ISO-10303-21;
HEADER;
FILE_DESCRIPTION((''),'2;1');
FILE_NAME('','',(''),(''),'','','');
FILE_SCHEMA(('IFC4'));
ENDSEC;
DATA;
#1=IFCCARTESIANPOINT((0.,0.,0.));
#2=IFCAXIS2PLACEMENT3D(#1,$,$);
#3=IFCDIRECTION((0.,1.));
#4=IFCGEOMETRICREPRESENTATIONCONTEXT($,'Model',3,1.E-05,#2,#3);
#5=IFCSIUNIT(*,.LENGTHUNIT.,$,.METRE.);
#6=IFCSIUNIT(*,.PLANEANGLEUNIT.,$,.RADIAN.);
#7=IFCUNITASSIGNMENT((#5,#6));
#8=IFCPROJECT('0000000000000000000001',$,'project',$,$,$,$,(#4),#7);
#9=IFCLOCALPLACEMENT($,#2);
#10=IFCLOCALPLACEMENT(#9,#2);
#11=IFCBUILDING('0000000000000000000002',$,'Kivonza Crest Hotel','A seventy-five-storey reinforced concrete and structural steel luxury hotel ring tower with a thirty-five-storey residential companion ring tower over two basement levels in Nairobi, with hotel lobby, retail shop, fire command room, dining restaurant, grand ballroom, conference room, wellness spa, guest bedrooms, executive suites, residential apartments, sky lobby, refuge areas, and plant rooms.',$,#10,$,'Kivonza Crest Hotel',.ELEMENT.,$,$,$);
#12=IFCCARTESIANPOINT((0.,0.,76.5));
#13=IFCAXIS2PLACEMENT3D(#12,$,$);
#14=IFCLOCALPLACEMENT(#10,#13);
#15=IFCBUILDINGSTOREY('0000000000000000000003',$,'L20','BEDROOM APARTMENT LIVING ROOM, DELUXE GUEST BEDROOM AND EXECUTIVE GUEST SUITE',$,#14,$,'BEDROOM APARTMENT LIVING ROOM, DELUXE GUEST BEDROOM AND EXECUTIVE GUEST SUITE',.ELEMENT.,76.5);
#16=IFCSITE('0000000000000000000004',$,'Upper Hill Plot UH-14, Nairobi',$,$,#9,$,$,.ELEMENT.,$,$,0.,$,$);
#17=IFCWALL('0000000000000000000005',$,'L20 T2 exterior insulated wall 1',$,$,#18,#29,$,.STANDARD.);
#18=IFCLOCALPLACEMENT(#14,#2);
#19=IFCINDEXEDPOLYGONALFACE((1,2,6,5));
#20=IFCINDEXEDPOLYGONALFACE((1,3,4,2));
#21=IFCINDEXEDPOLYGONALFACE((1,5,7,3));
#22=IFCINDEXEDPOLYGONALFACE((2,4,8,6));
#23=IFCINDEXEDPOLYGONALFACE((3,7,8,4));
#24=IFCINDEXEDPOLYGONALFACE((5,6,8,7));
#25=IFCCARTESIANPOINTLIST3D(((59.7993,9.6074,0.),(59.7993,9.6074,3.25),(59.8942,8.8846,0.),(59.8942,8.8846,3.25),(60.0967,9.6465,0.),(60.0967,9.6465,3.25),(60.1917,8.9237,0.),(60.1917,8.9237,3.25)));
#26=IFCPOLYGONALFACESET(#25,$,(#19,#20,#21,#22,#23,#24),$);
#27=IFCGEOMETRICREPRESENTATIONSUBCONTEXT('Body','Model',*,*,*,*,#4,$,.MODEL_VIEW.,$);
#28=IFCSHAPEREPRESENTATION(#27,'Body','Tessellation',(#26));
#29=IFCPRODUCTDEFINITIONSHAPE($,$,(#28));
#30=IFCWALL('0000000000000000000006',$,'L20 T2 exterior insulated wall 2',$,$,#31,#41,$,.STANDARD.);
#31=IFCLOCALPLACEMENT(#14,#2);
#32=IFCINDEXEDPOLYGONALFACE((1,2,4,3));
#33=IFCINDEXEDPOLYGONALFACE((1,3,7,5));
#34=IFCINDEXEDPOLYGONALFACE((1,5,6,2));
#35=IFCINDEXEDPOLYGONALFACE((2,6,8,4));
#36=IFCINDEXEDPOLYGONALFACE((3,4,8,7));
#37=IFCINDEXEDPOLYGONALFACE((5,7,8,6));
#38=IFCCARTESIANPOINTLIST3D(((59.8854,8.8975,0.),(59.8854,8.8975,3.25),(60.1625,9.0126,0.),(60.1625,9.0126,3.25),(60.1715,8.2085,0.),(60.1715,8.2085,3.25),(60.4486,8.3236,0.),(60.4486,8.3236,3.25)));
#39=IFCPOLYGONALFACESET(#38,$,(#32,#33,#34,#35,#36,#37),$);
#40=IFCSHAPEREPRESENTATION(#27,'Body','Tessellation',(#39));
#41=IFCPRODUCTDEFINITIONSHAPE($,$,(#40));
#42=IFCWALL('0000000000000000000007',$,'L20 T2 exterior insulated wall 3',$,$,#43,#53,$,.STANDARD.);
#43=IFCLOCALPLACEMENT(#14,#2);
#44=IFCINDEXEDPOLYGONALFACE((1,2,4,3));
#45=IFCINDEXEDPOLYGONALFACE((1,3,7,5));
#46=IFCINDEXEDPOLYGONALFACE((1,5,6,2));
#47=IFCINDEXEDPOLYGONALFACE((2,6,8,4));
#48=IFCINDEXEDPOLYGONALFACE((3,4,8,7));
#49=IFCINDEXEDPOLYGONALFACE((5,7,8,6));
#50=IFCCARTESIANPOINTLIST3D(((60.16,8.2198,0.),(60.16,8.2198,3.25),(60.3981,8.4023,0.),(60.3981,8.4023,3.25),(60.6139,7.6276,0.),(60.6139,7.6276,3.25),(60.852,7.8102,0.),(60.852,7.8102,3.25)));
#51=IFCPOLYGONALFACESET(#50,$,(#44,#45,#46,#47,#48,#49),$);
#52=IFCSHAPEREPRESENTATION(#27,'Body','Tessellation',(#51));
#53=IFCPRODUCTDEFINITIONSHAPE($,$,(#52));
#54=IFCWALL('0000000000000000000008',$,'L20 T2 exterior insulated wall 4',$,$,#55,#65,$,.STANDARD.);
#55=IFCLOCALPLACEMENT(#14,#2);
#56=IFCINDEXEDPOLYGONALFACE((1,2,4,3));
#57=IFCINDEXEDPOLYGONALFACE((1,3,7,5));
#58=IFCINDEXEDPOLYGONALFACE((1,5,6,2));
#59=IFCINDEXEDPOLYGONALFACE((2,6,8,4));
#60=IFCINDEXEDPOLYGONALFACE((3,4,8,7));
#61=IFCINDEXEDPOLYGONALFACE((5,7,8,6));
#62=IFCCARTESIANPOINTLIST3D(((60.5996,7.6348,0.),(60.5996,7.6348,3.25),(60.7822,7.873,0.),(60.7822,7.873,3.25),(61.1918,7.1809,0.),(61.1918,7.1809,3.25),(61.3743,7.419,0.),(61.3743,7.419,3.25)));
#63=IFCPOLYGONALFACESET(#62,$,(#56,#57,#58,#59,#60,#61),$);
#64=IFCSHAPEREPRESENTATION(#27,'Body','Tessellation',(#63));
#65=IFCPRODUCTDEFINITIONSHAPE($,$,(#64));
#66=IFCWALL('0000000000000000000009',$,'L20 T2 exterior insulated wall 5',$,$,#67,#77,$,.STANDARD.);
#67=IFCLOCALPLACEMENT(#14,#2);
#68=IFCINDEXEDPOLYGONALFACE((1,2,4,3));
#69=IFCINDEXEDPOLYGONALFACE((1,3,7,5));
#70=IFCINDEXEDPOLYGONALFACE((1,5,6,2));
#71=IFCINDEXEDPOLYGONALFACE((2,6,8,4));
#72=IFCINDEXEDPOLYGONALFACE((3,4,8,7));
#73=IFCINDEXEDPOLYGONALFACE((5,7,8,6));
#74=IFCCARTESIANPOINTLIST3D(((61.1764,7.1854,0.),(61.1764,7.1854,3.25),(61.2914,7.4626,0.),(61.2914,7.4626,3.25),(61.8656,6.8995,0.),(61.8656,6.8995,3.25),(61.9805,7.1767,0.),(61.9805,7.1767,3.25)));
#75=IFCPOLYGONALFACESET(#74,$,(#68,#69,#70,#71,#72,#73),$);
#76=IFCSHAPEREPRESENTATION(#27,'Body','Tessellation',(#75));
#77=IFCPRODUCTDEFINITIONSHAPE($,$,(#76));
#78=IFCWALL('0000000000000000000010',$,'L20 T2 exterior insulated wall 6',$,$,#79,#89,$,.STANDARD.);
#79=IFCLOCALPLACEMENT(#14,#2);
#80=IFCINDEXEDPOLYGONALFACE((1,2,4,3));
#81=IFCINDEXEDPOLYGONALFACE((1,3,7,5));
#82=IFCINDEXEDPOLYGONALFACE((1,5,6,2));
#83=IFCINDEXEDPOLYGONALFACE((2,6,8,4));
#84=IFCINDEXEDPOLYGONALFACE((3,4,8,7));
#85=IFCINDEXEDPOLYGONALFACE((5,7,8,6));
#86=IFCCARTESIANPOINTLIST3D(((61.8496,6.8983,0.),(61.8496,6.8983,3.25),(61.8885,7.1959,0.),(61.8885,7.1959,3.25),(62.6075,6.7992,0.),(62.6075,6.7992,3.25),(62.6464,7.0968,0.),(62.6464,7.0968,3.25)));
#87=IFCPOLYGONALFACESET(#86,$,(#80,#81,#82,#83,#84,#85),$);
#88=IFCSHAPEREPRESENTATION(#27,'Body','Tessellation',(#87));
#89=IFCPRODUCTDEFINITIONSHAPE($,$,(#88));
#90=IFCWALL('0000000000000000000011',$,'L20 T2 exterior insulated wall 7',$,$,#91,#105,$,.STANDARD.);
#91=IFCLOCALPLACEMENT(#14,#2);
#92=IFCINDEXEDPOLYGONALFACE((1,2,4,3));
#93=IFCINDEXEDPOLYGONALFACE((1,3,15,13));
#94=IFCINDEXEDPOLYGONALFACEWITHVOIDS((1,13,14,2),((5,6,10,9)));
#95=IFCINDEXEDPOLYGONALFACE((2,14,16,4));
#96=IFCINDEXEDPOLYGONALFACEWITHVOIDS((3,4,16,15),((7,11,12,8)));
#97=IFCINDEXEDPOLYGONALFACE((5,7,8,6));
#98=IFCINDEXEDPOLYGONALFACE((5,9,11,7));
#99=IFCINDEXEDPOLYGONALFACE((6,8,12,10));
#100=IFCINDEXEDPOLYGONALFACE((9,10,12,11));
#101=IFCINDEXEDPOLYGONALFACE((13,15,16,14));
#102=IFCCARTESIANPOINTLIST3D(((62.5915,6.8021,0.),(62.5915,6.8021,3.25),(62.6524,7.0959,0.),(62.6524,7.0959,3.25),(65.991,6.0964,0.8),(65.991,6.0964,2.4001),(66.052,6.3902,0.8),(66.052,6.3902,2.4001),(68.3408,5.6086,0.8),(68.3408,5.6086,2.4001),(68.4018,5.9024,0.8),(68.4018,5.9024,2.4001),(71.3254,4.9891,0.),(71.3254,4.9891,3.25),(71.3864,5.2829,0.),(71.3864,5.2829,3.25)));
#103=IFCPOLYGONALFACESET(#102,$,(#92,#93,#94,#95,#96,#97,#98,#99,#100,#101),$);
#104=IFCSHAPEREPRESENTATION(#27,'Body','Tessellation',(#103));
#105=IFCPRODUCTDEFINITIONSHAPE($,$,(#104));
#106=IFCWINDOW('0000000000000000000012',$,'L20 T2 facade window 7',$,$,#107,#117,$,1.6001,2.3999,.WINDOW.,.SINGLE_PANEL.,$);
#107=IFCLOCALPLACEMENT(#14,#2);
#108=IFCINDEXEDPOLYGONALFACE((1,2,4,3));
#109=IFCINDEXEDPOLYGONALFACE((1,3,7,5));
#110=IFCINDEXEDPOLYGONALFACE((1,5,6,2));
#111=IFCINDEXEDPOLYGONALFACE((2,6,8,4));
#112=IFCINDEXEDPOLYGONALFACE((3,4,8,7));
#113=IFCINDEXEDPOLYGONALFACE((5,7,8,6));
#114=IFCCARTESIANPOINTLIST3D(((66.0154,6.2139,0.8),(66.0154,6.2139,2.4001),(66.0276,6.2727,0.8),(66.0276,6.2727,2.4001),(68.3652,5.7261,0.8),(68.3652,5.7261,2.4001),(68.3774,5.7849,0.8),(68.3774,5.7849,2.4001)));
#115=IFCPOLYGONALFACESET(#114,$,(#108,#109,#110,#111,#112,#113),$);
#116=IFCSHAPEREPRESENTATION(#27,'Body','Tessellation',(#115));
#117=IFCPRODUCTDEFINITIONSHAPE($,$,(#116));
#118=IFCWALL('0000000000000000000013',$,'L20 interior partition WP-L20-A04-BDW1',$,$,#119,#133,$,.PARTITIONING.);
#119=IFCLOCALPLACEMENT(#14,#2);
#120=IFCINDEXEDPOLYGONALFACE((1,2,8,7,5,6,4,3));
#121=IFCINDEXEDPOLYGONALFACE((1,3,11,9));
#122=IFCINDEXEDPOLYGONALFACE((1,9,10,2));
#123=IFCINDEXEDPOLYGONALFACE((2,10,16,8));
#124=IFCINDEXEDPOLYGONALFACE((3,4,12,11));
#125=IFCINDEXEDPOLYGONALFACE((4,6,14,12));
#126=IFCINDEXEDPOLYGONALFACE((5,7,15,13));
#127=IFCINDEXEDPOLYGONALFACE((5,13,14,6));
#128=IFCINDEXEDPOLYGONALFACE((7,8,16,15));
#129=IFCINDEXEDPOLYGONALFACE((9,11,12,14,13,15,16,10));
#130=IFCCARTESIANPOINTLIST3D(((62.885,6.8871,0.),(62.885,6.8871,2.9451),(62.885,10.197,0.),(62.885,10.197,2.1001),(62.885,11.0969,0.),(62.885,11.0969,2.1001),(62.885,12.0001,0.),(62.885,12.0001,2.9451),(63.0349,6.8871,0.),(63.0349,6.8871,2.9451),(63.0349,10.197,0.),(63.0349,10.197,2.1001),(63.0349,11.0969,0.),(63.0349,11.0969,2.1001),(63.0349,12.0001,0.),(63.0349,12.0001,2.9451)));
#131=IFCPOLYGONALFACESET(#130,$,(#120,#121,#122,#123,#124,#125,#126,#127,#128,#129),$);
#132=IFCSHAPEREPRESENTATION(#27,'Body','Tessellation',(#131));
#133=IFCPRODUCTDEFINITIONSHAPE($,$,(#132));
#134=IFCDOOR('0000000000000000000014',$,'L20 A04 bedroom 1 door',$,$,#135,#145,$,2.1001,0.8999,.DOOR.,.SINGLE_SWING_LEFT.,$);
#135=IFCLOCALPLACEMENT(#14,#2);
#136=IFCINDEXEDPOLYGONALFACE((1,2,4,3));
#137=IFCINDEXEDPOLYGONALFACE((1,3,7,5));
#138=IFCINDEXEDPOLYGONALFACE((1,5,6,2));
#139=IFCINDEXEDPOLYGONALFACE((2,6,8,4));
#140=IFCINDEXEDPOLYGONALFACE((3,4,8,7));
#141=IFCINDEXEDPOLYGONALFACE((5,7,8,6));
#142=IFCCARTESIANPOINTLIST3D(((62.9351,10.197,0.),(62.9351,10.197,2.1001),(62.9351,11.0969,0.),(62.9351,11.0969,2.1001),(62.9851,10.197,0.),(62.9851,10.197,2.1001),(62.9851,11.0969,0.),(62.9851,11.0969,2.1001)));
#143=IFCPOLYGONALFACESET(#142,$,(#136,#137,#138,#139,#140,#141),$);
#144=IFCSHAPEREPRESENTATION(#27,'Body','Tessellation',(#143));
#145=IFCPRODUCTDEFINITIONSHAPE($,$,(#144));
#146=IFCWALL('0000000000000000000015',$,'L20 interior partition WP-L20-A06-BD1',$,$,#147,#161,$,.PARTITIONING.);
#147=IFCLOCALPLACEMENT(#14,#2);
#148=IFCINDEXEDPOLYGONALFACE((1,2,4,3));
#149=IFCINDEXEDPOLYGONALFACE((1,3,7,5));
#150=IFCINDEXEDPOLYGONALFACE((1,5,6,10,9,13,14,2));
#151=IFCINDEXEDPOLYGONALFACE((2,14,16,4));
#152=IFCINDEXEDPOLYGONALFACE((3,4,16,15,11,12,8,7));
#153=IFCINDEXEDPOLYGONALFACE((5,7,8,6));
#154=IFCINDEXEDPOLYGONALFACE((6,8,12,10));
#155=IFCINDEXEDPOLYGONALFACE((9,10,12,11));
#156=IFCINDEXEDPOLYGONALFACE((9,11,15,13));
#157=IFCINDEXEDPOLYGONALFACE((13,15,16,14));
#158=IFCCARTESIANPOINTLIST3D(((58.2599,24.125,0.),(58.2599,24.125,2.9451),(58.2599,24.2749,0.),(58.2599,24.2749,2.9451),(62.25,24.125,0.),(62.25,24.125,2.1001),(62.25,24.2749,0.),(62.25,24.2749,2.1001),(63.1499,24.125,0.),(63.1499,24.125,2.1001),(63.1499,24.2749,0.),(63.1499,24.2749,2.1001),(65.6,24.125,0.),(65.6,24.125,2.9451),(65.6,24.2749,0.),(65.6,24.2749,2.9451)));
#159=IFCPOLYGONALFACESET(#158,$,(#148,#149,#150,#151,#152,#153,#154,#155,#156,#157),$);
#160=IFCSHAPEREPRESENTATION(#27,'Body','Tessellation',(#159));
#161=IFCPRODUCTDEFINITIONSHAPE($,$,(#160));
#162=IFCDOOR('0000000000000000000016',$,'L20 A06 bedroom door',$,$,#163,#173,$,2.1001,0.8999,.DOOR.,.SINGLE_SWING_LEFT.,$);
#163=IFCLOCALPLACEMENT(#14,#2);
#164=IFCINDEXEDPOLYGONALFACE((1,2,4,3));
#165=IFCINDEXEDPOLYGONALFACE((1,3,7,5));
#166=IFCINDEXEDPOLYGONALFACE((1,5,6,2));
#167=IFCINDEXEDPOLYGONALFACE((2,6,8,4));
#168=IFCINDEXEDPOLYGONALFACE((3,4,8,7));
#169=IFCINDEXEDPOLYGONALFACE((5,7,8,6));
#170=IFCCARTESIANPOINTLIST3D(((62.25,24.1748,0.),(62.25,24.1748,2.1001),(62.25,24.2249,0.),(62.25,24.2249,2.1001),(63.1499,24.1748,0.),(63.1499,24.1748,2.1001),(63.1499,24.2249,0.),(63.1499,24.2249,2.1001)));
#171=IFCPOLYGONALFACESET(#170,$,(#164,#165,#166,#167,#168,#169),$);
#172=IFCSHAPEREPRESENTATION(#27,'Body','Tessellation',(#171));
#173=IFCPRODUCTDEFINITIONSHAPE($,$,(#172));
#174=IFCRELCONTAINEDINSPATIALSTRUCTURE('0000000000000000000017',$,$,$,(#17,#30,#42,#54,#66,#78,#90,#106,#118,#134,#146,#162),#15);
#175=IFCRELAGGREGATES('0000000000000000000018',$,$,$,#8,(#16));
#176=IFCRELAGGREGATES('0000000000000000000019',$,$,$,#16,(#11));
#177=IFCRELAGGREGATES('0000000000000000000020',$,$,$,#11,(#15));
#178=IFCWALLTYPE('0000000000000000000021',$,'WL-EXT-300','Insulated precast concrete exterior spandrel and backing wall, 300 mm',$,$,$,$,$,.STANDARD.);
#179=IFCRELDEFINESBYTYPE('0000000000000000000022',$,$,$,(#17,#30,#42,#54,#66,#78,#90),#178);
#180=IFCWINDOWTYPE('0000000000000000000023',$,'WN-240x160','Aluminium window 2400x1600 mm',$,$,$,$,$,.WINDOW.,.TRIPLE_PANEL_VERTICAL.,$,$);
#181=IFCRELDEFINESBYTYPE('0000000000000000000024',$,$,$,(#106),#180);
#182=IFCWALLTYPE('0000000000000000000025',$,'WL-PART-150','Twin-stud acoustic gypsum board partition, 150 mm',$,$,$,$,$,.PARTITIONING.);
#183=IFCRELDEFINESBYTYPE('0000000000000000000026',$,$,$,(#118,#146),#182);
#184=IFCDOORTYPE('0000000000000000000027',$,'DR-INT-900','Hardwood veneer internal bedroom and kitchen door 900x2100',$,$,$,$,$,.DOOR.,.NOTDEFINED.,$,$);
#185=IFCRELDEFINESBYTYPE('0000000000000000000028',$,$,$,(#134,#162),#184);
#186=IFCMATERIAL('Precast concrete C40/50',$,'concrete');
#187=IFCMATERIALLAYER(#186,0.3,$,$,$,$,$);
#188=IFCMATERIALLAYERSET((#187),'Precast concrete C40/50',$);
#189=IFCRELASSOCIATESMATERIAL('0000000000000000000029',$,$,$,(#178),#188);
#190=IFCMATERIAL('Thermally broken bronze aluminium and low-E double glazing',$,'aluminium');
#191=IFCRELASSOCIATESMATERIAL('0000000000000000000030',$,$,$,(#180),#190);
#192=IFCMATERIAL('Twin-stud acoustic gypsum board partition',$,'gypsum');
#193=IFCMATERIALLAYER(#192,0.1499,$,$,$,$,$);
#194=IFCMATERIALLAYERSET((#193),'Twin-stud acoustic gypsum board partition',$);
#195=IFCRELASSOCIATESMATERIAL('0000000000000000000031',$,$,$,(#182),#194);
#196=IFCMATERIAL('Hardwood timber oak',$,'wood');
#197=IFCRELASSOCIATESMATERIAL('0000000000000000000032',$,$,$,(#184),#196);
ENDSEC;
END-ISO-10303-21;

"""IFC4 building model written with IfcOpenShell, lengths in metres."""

from ifc_helpers import new_model, si_unit, direction, frame, frame_2d, origin, place, context, subcontext, project, spatial, rectangle, extrude, material, layer, layer_set, type_object, element, fill, save


model = new_model("IFC4")

# Units and contexts
model_context = context("Model", 3, precision=1e-05, world=origin(), true_north=direction((0.0, 1.0)))
body_context = subcontext(model_context, "Body", "Model", "MODEL_VIEW")
ifc_project = project(units=[si_unit("LENGTHUNIT", "METRE"), si_unit("PLANEANGLEUNIT", "RADIAN")], contexts=[model_context])

# Site, building, storey
site_placement = place(None, origin())
site = spatial("IfcSite", under=ifc_project, at=site_placement, Name="Upper Hill Plot UH-14, Nairobi", CompositionType="ELEMENT", RefElevation=0.0)
building_placement = place(site_placement, origin())
building = spatial("IfcBuilding", under=site, at=building_placement, Name="Kivonza Crest Hotel", Description="A seventy-five-storey reinforced concrete and structural steel luxury hotel ring tower with a thirty-five-storey residential companion ring tower over two basement levels in Nairobi, with hotel lobby, retail shop, fire command room, dining restaurant, grand ballroom, conference room, wellness spa, guest bedrooms, executive suites, residential apartments, sky lobby, refuge areas, and plant rooms.", LongName="Kivonza Crest Hotel", CompositionType="ELEMENT")
storey_placement = place(building_placement, frame((0.0, 0.0, 76.5)))
storey = spatial("IfcBuildingStorey", under=building, at=storey_placement, Name="L20", Description="BEDROOM APARTMENT LIVING ROOM, DELUXE GUEST BEDROOM AND EXECUTIVE GUEST SUITE", LongName="BEDROOM APARTMENT LIVING ROOM, DELUXE GUEST BEDROOM AND EXECUTIVE GUEST SUITE", CompositionType="ELEMENT", Elevation=76.5)

# Walls
ifc_material_1 = material(Name="Precast concrete C40/50", Category="concrete")
ifc_layer_1 = layer(ifc_material_1, 0.3)
ifc_layer_set_1 = layer_set([ifc_layer_1], Name="Precast concrete C40/50")
wall_type_1 = type_object("IfcWallType", Name="WL-EXT-300", Description="Insulated precast concrete exterior spandrel and backing wall, 300 mm", PredefinedType="STANDARD", material=ifc_layer_set_1)
wall_1_placement = place(storey_placement, frame((59.948, 9.627, 0.0), z_axis=(0.0, 0.0, 1.0), x_axis=(0.130255, -0.99148, 0.0)))
element("IfcWall", 1, at=wall_1_placement, inside=storey, type_object=wall_type_1, Name="L20 T2 exterior insulated wall 1", PredefinedType="STANDARD", context=body_context, shape_type="SweptSolid", body=[
    extrude(rectangle(XDim=0.729, YDim=0.3, at=frame_2d((0.3645, 0.0))), origin(), (0.0, 0.0, 1.0), 3.25),
])
for number, where, z_axis, x_axis, name in (
    (2, (60.0239, 8.9551, 0.0), (0.0, 0.0, 1.0), (0.383546, -0.923522, 0.0), "L20 T2 exterior insulated wall 2"),
    (3, (60.2791, 8.311, 0.0), (0.0, 0.0, 1.0), (0.608397, -0.793633, 0.0), "L20 T2 exterior insulated wall 3"),
    (4, (60.6909, 7.7539, 0.0), (0.0, 0.0, 1.0), (0.793633, -0.608397, 0.0), "L20 T2 exterior insulated wall 4"),
    (5, (61.2339, 7.324, 0.0), (0.0, 0.0, 1.0), (0.923686, -0.383151, 0.0), "L20 T2 exterior insulated wall 5"),
):
    element("IfcWall", number, at=place(storey_placement, frame(where, z_axis=z_axis, x_axis=x_axis)), inside=storey, type_object=wall_type_1, Name=name, PredefinedType="STANDARD", context=body_context, shape_type="SweptSolid", body=[
        extrude(rectangle(XDim=0.7461, YDim=0.3, at=frame_2d((0.373, 0.0))), origin(), (0.0, 0.0, 1.0), 3.25),
    ])
wall_2_placement = place(storey_placement, frame((61.8689, 7.0471, 0.0), z_axis=(0.0, 0.0, 1.0), x_axis=(0.991559, -0.129653, 0.0)))
element("IfcWall", 6, at=wall_2_placement, inside=storey, type_object=wall_type_1, Name="L20 T2 exterior insulated wall 6", PredefinedType="STANDARD", context=body_context, shape_type="SweptSolid", body=[
    extrude(rectangle(XDim=0.7644, YDim=0.3, at=frame_2d((0.3823, 0.0))), origin(), (0.0, 0.0, 1.0), 3.25),
])

# Wall, opening, window
wall_3_placement = place(storey_placement, frame((62.6221, 6.949, 0.0), z_axis=(0.0, 0.0, 1.0), x_axis=(0.979127, -0.203248, 0.0)))
wall_3 = element("IfcWall", 7, at=wall_3_placement, inside=storey, type_object=wall_type_1, Name="L20 T2 exterior insulated wall 7", PredefinedType="STANDARD", context=body_context, shape_type="SweptSolid", body=[
    extrude(rectangle(XDim=8.9202, YDim=0.3, at=frame_2d((4.46, 0.0))), origin(), (0.0, 0.0, 1.0), 3.25),
])
opening_1_placement = place(wall_3_placement, frame((3.4719, 0.0, 0.8)))
opening_1 = element("IfcOpeningElement", 8, at=opening_1_placement, cuts=wall_3, PredefinedType="OPENING", context=body_context, shape_type="SweptSolid", body=[
    extrude(rectangle(XDim=2.3999, YDim=1.6001, at=frame_2d((1.2, 0.8))), frame((0.0, 0.1602, 0.0), z_axis=(0.0, -1.0, 0.0), x_axis=(1.0, 0.0, 0.0)), (0.0, 0.0, 1.0), 0.3201),
])
ifc_material_2 = material(Name="Thermally broken bronze aluminium and low-E double glazing", Category="aluminium")
window_type = type_object("IfcWindowType", Name="WN-240x160", Description="Aluminium window 2400x1600 mm", PartitioningType="TRIPLE_PANEL_VERTICAL", PredefinedType="WINDOW", material=ifc_material_2)
window_placement = place(opening_1_placement, origin())
window = element("IfcWindow", 9, at=window_placement, inside=storey, type_object=window_type, Name="L20 T2 facade window 7", OverallHeight=1.6001, OverallWidth=2.3999, PartitioningType="SINGLE_PANEL", PredefinedType="WINDOW", context=body_context, shape_type="SweptSolid", body=[
    extrude(rectangle(XDim=2.3999, YDim=1.6001, at=frame_2d((1.2, 0.8))), frame((0.0, 0.03, 0.0), z_axis=(0.0, -1.0, 0.0), x_axis=(1.0, 0.0, 0.0)), (0.0, 0.0, 1.0), 0.0601),
])
fill(opening_1, window)

# Walls, openings, doors
ifc_material_3 = material(Name="Twin-stud acoustic gypsum board partition", Category="gypsum")
ifc_layer_2 = layer(ifc_material_3, 0.1499)
ifc_layer_set_2 = layer_set([ifc_layer_2], Name="Twin-stud acoustic gypsum board partition")
wall_type_2 = type_object("IfcWallType", Name="WL-PART-150", Description="Twin-stud acoustic gypsum board partition, 150 mm", PredefinedType="PARTITIONING", material=ifc_layer_set_2)
wall_4_placement = place(storey_placement, frame((62.96, 6.887, 0.0), z_axis=(0.0, 0.0, 1.0), x_axis=(0.0, 1.0, 0.0)))
wall_4 = element("IfcWall", 10, at=wall_4_placement, inside=storey, type_object=wall_type_2, Name="L20 interior partition WP-L20-A04-BDW1", PredefinedType="PARTITIONING", context=body_context, shape_type="SweptSolid", body=[
    extrude(rectangle(XDim=5.113, YDim=0.1499, at=frame_2d((2.5566, 0.0))), origin(), (0.0, 0.0, 1.0), 2.9451),
])
opening_2_placement = place(wall_4_placement, frame((3.3101, 0.0, 0.0)))
opening_2 = element("IfcOpeningElement", 11, at=opening_2_placement, cuts=wall_4, PredefinedType="OPENING", context=body_context, shape_type="SweptSolid", body=[
    extrude(rectangle(XDim=0.8999, YDim=2.1001, at=frame_2d((0.45, 1.05))), frame((0.0, 0.085, 0.0), z_axis=(0.0, -1.0, 0.0), x_axis=(1.0, 0.0, 0.0)), (0.0, 0.0, 1.0), 0.1699),
])
ifc_material_4 = material(Name="Hardwood timber oak", Category="wood")
door_type = type_object("IfcDoorType", Name="DR-INT-900", Description="Hardwood veneer internal bedroom and kitchen door 900x2100", OperationType="NOTDEFINED", PredefinedType="DOOR", material=ifc_material_4)
door_1_placement = place(opening_2_placement, origin())
door_1 = element("IfcDoor", 12, at=door_1_placement, inside=storey, type_object=door_type, Name="L20 A04 bedroom 1 door", OperationType="SINGLE_SWING_LEFT", OverallHeight=2.1001, OverallWidth=0.8999, PredefinedType="DOOR", context=body_context, shape_type="SweptSolid", body=[
    extrude(rectangle(XDim=0.8999, YDim=2.1001, at=frame_2d((0.45, 1.05))), frame((0.0, 0.0249, 0.0), z_axis=(0.0, -1.0, 0.0), x_axis=(1.0, 0.0, 0.0)), (0.0, 0.0, 1.0), 0.05),
])
fill(opening_2, door_1)
wall_5_placement = place(storey_placement, frame((58.26, 24.2, 0.0), z_axis=(0.0, 0.0, 1.0), x_axis=(1.0, 0.0, 0.0)))
wall_5 = element("IfcWall", 13, at=wall_5_placement, inside=storey, type_object=wall_type_2, Name="L20 interior partition WP-L20-A06-BD1", PredefinedType="PARTITIONING", context=body_context, shape_type="SweptSolid", body=[
    extrude(rectangle(XDim=7.3401, YDim=0.1499, at=frame_2d((3.6699, 0.0))), origin(), (0.0, 0.0, 1.0), 2.9451),
])
opening_3_placement = place(wall_5_placement, frame((3.99, 0.0, 0.0)))
opening_3 = element("IfcOpeningElement", 14, at=opening_3_placement, cuts=wall_5, PredefinedType="OPENING", context=body_context, shape_type="SweptSolid", body=[
    extrude(rectangle(XDim=0.8999, YDim=2.1001, at=frame_2d((0.45, 1.05))), frame((0.0, 0.085, 0.0), z_axis=(0.0, -1.0, 0.0), x_axis=(1.0, 0.0, 0.0)), (0.0, 0.0, 1.0), 0.1699),
])
door_2_placement = place(opening_3_placement, origin())
door_2 = element("IfcDoor", 15, at=door_2_placement, inside=storey, type_object=door_type, Name="L20 A06 bedroom door", OperationType="SINGLE_SWING_LEFT", OverallHeight=2.1001, OverallWidth=0.8999, PredefinedType="DOOR", context=body_context, shape_type="SweptSolid", body=[
    extrude(rectangle(XDim=0.8999, YDim=2.1001, at=frame_2d((0.45, 1.05))), frame((0.0, 0.0249, 0.0), z_axis=(0.0, -1.0, 0.0), x_axis=(1.0, 0.0, 0.0)), (0.0, 0.0, 1.0), 0.05),
])
fill(opening_3, door_2)

save(model, "model.ifc")
